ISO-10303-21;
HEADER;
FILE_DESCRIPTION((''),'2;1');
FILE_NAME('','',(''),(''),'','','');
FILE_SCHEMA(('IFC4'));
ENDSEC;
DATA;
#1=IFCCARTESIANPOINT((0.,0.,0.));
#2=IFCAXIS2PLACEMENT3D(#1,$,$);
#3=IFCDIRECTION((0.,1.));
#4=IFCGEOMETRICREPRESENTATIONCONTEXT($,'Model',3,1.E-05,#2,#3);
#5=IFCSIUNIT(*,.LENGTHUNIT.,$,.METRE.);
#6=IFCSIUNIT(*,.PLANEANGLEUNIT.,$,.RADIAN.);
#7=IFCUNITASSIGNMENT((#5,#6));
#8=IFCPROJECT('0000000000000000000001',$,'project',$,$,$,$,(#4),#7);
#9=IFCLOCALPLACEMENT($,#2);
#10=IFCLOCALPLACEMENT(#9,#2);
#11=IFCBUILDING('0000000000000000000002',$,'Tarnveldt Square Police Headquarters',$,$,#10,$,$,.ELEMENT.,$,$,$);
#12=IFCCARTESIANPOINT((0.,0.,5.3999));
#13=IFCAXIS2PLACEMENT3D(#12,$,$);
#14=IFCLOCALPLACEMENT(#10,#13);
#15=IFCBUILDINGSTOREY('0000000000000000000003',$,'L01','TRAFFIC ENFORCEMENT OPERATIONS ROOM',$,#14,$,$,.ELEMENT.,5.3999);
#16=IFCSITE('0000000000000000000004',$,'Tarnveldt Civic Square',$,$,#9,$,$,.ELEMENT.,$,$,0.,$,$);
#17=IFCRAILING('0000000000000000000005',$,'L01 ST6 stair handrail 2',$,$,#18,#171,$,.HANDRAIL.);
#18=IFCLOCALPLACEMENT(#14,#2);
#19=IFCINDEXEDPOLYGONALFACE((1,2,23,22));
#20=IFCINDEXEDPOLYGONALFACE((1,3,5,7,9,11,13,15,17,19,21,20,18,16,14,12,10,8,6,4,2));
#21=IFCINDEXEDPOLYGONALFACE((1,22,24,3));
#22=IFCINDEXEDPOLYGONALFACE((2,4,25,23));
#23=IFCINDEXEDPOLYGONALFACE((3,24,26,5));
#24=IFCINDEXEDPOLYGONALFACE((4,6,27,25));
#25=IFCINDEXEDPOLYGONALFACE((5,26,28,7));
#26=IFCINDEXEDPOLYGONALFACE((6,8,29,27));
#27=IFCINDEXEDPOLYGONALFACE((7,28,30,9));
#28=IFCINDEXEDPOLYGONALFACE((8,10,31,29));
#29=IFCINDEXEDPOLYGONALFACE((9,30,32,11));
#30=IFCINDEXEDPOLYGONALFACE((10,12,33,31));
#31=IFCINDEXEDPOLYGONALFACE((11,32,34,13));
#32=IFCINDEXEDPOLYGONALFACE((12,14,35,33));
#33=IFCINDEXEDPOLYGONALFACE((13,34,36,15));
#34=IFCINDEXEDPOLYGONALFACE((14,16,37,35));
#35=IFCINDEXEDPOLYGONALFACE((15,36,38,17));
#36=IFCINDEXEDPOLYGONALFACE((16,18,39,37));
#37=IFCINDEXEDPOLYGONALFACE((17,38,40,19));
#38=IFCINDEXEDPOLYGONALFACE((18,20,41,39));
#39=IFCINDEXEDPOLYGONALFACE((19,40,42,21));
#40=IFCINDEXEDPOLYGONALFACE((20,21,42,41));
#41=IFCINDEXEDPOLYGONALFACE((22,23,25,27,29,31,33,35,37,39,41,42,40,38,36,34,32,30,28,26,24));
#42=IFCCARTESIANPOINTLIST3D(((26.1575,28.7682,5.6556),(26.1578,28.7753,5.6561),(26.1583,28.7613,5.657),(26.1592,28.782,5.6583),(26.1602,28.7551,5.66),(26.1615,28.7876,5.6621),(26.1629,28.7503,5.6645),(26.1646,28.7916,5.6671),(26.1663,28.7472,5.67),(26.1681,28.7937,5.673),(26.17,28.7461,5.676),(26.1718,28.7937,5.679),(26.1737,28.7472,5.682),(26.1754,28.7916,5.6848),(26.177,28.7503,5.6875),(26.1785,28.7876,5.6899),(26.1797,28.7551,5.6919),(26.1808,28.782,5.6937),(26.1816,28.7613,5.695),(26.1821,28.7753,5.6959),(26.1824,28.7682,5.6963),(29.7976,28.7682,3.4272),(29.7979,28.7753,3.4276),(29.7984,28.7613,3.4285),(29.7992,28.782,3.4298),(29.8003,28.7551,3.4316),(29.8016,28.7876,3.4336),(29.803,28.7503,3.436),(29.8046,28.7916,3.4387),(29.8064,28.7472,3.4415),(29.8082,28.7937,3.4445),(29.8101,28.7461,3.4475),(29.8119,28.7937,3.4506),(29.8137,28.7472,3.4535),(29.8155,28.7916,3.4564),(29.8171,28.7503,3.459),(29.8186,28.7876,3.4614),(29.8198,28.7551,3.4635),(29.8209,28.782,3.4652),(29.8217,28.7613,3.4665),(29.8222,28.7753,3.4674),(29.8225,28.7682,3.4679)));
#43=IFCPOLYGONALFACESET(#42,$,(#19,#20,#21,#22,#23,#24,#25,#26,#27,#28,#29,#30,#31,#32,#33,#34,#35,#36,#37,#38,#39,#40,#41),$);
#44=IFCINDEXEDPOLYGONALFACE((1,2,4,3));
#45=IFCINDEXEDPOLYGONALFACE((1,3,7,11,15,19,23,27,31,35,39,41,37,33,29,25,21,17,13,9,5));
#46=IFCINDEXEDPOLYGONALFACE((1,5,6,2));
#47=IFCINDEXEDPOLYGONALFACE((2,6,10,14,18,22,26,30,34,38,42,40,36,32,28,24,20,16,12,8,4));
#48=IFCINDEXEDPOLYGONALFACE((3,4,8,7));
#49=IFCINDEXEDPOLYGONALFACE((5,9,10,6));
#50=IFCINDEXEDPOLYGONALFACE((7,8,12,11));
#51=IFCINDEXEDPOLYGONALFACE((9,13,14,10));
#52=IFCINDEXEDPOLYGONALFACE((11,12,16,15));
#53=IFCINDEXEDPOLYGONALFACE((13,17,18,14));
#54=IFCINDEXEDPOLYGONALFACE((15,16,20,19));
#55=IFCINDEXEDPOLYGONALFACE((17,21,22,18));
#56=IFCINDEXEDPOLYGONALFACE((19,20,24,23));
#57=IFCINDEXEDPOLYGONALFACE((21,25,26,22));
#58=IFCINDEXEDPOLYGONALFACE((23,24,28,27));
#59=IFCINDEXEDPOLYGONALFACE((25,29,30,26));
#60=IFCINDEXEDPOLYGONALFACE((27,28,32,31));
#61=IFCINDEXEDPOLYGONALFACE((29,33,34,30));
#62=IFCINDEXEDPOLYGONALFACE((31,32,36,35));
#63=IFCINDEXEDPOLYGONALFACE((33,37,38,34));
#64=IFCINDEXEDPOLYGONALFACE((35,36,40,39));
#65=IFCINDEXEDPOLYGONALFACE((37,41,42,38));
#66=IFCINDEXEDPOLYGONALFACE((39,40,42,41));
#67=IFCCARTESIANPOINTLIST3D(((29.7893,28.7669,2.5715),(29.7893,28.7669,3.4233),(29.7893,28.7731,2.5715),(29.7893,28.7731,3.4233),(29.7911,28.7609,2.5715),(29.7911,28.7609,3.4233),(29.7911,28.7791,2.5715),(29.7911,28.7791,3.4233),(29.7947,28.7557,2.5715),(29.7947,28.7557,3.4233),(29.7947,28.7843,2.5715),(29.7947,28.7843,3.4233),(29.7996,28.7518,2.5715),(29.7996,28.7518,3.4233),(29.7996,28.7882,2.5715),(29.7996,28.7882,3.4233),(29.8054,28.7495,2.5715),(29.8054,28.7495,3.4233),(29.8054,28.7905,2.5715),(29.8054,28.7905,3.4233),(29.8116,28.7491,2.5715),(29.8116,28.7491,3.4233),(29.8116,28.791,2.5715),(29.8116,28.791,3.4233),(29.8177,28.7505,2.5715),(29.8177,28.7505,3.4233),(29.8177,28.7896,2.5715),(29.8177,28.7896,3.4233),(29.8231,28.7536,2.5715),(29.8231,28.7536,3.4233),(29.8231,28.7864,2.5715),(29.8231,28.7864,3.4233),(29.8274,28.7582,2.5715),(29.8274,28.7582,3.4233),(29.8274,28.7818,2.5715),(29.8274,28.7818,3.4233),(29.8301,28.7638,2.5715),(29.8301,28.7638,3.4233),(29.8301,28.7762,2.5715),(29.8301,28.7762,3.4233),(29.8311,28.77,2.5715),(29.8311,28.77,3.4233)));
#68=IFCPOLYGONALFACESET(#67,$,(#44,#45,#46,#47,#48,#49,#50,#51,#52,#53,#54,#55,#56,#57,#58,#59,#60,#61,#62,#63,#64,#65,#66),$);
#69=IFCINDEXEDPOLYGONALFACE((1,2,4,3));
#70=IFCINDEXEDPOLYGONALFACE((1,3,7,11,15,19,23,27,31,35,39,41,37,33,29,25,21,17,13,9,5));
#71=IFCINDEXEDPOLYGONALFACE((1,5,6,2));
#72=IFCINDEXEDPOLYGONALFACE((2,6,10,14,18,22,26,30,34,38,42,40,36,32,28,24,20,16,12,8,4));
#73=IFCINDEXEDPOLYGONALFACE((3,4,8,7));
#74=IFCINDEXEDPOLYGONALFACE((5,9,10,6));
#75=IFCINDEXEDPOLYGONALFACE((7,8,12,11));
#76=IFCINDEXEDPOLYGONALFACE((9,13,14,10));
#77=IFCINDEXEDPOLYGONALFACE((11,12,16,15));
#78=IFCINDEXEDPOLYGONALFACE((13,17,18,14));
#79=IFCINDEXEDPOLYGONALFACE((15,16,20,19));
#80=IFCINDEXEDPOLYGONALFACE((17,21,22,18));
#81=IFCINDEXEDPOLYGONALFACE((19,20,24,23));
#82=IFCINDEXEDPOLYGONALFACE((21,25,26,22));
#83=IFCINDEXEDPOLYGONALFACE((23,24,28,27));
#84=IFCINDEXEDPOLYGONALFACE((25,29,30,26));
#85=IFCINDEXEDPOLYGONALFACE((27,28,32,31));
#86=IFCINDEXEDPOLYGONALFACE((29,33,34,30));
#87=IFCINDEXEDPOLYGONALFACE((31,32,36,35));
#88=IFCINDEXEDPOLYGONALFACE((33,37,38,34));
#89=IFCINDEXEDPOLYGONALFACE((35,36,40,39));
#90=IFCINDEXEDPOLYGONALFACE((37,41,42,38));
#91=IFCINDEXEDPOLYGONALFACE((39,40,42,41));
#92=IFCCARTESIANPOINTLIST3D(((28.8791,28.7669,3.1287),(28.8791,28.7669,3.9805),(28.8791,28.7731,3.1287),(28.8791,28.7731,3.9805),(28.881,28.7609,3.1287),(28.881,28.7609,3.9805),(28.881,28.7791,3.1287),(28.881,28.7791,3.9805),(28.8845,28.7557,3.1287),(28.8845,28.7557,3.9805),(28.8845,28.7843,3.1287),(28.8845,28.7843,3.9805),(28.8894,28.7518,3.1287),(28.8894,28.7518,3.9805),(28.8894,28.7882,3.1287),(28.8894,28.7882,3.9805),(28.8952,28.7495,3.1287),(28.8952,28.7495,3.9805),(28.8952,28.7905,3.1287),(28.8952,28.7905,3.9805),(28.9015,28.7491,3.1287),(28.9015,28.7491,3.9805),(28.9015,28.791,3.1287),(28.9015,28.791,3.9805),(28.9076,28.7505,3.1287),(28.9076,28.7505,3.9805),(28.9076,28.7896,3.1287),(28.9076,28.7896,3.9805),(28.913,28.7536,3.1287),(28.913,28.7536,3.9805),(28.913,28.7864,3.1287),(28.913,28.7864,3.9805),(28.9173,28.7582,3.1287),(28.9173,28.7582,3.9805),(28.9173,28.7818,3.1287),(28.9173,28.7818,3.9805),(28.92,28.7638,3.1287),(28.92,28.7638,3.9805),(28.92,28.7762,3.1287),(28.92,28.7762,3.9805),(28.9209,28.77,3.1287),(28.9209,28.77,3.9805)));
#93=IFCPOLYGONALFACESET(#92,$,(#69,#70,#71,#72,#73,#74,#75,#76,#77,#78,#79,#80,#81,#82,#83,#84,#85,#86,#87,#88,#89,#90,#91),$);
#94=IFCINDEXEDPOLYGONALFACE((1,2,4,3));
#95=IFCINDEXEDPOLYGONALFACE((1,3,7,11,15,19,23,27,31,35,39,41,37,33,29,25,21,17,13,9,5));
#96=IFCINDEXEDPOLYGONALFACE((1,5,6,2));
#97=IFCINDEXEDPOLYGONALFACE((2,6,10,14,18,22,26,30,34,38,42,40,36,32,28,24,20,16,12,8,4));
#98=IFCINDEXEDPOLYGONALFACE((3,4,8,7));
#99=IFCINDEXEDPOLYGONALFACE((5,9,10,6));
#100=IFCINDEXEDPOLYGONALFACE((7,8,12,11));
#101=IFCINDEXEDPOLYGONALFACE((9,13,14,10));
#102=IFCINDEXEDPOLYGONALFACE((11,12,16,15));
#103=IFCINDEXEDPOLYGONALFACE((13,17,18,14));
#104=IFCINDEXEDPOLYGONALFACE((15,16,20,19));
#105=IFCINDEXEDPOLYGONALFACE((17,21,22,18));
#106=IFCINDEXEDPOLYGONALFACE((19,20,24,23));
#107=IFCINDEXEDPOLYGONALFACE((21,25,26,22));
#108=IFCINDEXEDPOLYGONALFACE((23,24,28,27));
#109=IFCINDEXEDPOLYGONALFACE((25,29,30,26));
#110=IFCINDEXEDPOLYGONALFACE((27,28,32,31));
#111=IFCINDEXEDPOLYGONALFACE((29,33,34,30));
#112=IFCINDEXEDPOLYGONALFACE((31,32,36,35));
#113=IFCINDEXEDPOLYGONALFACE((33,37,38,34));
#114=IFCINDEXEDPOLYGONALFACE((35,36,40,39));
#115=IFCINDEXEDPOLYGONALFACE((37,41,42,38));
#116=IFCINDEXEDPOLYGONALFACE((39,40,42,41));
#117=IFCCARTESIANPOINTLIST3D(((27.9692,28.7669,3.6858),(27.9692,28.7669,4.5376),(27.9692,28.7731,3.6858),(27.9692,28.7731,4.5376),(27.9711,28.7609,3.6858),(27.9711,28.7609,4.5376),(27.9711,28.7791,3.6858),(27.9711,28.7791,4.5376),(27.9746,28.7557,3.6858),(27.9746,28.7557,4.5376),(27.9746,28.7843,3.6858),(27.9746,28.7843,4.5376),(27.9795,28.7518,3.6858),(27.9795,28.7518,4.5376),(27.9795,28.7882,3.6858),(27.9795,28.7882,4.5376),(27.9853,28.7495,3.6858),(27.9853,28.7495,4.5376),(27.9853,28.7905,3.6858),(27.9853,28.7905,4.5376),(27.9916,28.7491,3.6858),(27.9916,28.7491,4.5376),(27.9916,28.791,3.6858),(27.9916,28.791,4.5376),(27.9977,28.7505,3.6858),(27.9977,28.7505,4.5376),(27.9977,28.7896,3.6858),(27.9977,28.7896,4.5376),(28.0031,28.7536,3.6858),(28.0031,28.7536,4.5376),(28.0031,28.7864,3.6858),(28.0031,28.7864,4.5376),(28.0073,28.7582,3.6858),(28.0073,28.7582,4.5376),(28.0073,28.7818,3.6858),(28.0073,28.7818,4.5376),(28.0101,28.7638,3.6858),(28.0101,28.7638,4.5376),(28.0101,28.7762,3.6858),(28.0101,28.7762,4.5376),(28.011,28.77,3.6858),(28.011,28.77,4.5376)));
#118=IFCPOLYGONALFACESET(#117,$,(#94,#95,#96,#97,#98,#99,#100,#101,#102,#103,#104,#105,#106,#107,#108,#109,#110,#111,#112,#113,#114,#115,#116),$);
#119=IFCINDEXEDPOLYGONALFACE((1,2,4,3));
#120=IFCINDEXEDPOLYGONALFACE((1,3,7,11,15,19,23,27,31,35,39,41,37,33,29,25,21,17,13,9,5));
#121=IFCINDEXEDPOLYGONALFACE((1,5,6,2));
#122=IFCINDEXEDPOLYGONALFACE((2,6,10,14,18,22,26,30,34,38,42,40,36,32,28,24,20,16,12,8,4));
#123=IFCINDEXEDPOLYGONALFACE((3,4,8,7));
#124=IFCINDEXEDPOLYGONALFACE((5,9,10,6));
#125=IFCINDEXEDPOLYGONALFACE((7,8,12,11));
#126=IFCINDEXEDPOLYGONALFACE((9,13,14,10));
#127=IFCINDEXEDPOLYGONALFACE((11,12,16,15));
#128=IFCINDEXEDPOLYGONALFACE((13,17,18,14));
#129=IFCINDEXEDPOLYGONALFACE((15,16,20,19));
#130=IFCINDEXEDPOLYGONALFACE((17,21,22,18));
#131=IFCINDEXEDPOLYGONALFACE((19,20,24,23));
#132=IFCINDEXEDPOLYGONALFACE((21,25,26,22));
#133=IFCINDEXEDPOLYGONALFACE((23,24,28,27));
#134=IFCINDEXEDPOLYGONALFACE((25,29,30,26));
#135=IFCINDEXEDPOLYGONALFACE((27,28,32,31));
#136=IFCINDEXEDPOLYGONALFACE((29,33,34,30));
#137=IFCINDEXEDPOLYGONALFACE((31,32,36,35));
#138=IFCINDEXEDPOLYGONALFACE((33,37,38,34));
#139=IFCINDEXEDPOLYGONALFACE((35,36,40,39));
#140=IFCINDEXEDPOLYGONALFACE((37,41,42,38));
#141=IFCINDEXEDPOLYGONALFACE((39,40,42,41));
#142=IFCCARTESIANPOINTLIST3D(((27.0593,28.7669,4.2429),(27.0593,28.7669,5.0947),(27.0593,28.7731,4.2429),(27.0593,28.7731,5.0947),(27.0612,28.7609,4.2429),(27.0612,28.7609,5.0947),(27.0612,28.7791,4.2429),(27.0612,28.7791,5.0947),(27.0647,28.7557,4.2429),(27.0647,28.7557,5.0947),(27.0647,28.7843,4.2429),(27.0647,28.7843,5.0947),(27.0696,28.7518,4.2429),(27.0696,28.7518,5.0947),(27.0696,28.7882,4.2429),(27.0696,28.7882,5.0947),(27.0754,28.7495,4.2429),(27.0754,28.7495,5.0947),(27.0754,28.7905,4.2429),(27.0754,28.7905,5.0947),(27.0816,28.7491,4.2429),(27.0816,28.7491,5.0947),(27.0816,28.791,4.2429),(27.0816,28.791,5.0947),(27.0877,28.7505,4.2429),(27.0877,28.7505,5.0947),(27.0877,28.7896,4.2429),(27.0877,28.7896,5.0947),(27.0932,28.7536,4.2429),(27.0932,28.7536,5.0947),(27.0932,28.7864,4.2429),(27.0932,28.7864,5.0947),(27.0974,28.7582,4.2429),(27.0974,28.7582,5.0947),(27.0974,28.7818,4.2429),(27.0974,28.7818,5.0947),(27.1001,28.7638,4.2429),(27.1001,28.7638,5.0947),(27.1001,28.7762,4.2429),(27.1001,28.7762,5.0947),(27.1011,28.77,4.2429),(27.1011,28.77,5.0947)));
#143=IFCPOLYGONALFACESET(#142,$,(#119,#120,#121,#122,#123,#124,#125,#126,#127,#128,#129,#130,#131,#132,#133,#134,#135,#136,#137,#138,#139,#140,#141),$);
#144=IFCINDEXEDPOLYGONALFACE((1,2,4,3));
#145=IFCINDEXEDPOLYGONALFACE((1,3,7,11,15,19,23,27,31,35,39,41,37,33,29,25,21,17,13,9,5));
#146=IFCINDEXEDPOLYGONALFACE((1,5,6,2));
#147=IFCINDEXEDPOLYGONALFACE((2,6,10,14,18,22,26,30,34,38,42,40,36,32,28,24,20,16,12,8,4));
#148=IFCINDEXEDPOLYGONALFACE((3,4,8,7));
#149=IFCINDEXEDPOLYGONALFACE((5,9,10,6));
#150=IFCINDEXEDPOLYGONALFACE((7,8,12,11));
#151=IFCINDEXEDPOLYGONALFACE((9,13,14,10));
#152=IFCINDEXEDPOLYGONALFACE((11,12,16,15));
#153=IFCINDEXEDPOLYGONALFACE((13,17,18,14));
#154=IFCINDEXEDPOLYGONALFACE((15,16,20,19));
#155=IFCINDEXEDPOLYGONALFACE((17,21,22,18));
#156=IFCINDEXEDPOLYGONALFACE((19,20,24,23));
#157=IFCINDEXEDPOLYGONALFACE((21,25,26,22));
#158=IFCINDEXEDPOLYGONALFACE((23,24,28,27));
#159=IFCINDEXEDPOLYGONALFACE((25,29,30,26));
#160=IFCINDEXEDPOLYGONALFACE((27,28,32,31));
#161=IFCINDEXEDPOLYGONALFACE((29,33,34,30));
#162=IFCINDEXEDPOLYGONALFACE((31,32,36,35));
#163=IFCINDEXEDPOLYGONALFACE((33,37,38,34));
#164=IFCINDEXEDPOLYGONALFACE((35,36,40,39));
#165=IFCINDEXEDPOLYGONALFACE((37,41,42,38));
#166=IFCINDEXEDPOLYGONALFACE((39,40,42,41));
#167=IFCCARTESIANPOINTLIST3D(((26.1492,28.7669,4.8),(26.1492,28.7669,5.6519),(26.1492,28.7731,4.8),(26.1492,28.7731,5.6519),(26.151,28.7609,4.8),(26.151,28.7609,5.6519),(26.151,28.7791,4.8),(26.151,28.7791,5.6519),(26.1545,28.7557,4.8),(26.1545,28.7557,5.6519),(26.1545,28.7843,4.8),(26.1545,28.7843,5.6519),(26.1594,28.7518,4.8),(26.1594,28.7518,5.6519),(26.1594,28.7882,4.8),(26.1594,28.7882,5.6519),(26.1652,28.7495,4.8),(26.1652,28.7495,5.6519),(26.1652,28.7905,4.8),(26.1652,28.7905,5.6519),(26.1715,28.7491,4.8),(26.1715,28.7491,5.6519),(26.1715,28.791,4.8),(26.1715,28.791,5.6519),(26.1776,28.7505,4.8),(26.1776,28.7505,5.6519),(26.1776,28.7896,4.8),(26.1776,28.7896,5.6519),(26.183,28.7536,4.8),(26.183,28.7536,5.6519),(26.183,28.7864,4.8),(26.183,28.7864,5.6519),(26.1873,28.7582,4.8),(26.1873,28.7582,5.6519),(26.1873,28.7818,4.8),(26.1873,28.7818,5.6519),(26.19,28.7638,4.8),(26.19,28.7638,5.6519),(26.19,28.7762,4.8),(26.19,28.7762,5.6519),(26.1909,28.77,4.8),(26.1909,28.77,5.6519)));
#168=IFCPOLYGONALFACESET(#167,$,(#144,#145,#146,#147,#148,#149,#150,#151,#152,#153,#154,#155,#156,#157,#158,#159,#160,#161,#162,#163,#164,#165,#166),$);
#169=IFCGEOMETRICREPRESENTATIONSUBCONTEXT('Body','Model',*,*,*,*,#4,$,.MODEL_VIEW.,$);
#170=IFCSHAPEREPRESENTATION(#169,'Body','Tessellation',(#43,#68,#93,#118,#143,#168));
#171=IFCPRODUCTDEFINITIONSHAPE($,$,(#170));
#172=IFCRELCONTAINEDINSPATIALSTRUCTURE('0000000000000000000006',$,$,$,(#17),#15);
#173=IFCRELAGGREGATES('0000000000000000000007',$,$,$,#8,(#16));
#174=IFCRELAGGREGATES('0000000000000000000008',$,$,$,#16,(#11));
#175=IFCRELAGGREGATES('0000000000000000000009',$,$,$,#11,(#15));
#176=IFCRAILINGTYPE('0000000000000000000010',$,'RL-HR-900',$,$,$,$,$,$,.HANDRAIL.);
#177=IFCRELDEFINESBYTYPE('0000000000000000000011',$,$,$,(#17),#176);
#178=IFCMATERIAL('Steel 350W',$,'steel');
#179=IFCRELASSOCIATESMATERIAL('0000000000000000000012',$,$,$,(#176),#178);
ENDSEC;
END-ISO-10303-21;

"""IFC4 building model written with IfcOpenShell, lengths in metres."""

from ifc_helpers import new_model, si_unit, direction, frame, origin, origin_2d, place, context, subcontext, project, spatial, circle, extrude, material, type_object, element, save


model = new_model("IFC4")

# Units and contexts
model_context = context("Model", 3, precision=1e-05, world=origin(), true_north=direction((0.0, 1.0)))
body_context = subcontext(model_context, "Body", "Model", "MODEL_VIEW")
ifc_project = project(units=[si_unit("LENGTHUNIT", "METRE"), si_unit("PLANEANGLEUNIT", "RADIAN")], contexts=[model_context])

# Site, building, storey
site_placement = place(None, origin())
site = spatial("IfcSite", under=ifc_project, at=site_placement, Name="Tarnveldt Civic Square", CompositionType="ELEMENT", RefElevation=0.0)
building_placement = place(site_placement, origin())
building = spatial("IfcBuilding", under=site, at=building_placement, Name="Tarnveldt Square Police Headquarters", CompositionType="ELEMENT")
storey_placement = place(building_placement, frame((0.0, 0.0, 5.3999)))
storey = spatial("IfcBuildingStorey", under=building, at=storey_placement, Name="L01", Description="TRAFFIC ENFORCEMENT OPERATIONS ROOM", CompositionType="ELEMENT", Elevation=5.3999)

# Shared definitions
ifc_material_1 = material(Name="Steel 350W", Category="steel")

# Railing
railing_type_1 = type_object("IfcRailingType", Name="RL-HR-900", PredefinedType="HANDRAIL", material=ifc_material_1)
railing_1_placement = place(storey_placement, frame((29.8101, 28.77, 2.5715)))
element("IfcRailing", 1, at=railing_1_placement, inside=storey, type_object=railing_type_1, Name="L01 ST6 stair handrail 2", PredefinedType="HANDRAIL", context=body_context, shape_type="SweptSolid", body=[
    extrude(circle(Radius=0.0239, at=origin_2d()), frame((0.0, 0.0, 0.876), z_axis=(-0.852866, 0.0, 0.52213), x_axis=(0.0, -1.0, 0.0)), (0.0, 0.0, 1.0), 4.2681),
    extrude(circle(Radius=0.021, at=origin_2d()), origin(), (0.0, 0.0, 1.0), 0.8518),
    extrude(circle(Radius=0.021, at=origin_2d()), frame((-0.9102, 0.0, 0.5571)), (0.0, 0.0, 1.0), 0.8518),
    extrude(circle(Radius=0.021, at=origin_2d()), frame((-1.8201, 0.0, 1.1143)), (0.0, 0.0, 1.0), 0.8518),
    extrude(circle(Radius=0.021, at=origin_2d()), frame((-2.73, 0.0, 1.6714)), (0.0, 0.0, 1.0), 0.8518),
    extrude(circle(Radius=0.021, at=origin_2d()), frame((-3.6401, 0.0, 2.2285)), (0.0, 0.0, 1.0), 0.8518),
])

save(model, "model.ifc")
